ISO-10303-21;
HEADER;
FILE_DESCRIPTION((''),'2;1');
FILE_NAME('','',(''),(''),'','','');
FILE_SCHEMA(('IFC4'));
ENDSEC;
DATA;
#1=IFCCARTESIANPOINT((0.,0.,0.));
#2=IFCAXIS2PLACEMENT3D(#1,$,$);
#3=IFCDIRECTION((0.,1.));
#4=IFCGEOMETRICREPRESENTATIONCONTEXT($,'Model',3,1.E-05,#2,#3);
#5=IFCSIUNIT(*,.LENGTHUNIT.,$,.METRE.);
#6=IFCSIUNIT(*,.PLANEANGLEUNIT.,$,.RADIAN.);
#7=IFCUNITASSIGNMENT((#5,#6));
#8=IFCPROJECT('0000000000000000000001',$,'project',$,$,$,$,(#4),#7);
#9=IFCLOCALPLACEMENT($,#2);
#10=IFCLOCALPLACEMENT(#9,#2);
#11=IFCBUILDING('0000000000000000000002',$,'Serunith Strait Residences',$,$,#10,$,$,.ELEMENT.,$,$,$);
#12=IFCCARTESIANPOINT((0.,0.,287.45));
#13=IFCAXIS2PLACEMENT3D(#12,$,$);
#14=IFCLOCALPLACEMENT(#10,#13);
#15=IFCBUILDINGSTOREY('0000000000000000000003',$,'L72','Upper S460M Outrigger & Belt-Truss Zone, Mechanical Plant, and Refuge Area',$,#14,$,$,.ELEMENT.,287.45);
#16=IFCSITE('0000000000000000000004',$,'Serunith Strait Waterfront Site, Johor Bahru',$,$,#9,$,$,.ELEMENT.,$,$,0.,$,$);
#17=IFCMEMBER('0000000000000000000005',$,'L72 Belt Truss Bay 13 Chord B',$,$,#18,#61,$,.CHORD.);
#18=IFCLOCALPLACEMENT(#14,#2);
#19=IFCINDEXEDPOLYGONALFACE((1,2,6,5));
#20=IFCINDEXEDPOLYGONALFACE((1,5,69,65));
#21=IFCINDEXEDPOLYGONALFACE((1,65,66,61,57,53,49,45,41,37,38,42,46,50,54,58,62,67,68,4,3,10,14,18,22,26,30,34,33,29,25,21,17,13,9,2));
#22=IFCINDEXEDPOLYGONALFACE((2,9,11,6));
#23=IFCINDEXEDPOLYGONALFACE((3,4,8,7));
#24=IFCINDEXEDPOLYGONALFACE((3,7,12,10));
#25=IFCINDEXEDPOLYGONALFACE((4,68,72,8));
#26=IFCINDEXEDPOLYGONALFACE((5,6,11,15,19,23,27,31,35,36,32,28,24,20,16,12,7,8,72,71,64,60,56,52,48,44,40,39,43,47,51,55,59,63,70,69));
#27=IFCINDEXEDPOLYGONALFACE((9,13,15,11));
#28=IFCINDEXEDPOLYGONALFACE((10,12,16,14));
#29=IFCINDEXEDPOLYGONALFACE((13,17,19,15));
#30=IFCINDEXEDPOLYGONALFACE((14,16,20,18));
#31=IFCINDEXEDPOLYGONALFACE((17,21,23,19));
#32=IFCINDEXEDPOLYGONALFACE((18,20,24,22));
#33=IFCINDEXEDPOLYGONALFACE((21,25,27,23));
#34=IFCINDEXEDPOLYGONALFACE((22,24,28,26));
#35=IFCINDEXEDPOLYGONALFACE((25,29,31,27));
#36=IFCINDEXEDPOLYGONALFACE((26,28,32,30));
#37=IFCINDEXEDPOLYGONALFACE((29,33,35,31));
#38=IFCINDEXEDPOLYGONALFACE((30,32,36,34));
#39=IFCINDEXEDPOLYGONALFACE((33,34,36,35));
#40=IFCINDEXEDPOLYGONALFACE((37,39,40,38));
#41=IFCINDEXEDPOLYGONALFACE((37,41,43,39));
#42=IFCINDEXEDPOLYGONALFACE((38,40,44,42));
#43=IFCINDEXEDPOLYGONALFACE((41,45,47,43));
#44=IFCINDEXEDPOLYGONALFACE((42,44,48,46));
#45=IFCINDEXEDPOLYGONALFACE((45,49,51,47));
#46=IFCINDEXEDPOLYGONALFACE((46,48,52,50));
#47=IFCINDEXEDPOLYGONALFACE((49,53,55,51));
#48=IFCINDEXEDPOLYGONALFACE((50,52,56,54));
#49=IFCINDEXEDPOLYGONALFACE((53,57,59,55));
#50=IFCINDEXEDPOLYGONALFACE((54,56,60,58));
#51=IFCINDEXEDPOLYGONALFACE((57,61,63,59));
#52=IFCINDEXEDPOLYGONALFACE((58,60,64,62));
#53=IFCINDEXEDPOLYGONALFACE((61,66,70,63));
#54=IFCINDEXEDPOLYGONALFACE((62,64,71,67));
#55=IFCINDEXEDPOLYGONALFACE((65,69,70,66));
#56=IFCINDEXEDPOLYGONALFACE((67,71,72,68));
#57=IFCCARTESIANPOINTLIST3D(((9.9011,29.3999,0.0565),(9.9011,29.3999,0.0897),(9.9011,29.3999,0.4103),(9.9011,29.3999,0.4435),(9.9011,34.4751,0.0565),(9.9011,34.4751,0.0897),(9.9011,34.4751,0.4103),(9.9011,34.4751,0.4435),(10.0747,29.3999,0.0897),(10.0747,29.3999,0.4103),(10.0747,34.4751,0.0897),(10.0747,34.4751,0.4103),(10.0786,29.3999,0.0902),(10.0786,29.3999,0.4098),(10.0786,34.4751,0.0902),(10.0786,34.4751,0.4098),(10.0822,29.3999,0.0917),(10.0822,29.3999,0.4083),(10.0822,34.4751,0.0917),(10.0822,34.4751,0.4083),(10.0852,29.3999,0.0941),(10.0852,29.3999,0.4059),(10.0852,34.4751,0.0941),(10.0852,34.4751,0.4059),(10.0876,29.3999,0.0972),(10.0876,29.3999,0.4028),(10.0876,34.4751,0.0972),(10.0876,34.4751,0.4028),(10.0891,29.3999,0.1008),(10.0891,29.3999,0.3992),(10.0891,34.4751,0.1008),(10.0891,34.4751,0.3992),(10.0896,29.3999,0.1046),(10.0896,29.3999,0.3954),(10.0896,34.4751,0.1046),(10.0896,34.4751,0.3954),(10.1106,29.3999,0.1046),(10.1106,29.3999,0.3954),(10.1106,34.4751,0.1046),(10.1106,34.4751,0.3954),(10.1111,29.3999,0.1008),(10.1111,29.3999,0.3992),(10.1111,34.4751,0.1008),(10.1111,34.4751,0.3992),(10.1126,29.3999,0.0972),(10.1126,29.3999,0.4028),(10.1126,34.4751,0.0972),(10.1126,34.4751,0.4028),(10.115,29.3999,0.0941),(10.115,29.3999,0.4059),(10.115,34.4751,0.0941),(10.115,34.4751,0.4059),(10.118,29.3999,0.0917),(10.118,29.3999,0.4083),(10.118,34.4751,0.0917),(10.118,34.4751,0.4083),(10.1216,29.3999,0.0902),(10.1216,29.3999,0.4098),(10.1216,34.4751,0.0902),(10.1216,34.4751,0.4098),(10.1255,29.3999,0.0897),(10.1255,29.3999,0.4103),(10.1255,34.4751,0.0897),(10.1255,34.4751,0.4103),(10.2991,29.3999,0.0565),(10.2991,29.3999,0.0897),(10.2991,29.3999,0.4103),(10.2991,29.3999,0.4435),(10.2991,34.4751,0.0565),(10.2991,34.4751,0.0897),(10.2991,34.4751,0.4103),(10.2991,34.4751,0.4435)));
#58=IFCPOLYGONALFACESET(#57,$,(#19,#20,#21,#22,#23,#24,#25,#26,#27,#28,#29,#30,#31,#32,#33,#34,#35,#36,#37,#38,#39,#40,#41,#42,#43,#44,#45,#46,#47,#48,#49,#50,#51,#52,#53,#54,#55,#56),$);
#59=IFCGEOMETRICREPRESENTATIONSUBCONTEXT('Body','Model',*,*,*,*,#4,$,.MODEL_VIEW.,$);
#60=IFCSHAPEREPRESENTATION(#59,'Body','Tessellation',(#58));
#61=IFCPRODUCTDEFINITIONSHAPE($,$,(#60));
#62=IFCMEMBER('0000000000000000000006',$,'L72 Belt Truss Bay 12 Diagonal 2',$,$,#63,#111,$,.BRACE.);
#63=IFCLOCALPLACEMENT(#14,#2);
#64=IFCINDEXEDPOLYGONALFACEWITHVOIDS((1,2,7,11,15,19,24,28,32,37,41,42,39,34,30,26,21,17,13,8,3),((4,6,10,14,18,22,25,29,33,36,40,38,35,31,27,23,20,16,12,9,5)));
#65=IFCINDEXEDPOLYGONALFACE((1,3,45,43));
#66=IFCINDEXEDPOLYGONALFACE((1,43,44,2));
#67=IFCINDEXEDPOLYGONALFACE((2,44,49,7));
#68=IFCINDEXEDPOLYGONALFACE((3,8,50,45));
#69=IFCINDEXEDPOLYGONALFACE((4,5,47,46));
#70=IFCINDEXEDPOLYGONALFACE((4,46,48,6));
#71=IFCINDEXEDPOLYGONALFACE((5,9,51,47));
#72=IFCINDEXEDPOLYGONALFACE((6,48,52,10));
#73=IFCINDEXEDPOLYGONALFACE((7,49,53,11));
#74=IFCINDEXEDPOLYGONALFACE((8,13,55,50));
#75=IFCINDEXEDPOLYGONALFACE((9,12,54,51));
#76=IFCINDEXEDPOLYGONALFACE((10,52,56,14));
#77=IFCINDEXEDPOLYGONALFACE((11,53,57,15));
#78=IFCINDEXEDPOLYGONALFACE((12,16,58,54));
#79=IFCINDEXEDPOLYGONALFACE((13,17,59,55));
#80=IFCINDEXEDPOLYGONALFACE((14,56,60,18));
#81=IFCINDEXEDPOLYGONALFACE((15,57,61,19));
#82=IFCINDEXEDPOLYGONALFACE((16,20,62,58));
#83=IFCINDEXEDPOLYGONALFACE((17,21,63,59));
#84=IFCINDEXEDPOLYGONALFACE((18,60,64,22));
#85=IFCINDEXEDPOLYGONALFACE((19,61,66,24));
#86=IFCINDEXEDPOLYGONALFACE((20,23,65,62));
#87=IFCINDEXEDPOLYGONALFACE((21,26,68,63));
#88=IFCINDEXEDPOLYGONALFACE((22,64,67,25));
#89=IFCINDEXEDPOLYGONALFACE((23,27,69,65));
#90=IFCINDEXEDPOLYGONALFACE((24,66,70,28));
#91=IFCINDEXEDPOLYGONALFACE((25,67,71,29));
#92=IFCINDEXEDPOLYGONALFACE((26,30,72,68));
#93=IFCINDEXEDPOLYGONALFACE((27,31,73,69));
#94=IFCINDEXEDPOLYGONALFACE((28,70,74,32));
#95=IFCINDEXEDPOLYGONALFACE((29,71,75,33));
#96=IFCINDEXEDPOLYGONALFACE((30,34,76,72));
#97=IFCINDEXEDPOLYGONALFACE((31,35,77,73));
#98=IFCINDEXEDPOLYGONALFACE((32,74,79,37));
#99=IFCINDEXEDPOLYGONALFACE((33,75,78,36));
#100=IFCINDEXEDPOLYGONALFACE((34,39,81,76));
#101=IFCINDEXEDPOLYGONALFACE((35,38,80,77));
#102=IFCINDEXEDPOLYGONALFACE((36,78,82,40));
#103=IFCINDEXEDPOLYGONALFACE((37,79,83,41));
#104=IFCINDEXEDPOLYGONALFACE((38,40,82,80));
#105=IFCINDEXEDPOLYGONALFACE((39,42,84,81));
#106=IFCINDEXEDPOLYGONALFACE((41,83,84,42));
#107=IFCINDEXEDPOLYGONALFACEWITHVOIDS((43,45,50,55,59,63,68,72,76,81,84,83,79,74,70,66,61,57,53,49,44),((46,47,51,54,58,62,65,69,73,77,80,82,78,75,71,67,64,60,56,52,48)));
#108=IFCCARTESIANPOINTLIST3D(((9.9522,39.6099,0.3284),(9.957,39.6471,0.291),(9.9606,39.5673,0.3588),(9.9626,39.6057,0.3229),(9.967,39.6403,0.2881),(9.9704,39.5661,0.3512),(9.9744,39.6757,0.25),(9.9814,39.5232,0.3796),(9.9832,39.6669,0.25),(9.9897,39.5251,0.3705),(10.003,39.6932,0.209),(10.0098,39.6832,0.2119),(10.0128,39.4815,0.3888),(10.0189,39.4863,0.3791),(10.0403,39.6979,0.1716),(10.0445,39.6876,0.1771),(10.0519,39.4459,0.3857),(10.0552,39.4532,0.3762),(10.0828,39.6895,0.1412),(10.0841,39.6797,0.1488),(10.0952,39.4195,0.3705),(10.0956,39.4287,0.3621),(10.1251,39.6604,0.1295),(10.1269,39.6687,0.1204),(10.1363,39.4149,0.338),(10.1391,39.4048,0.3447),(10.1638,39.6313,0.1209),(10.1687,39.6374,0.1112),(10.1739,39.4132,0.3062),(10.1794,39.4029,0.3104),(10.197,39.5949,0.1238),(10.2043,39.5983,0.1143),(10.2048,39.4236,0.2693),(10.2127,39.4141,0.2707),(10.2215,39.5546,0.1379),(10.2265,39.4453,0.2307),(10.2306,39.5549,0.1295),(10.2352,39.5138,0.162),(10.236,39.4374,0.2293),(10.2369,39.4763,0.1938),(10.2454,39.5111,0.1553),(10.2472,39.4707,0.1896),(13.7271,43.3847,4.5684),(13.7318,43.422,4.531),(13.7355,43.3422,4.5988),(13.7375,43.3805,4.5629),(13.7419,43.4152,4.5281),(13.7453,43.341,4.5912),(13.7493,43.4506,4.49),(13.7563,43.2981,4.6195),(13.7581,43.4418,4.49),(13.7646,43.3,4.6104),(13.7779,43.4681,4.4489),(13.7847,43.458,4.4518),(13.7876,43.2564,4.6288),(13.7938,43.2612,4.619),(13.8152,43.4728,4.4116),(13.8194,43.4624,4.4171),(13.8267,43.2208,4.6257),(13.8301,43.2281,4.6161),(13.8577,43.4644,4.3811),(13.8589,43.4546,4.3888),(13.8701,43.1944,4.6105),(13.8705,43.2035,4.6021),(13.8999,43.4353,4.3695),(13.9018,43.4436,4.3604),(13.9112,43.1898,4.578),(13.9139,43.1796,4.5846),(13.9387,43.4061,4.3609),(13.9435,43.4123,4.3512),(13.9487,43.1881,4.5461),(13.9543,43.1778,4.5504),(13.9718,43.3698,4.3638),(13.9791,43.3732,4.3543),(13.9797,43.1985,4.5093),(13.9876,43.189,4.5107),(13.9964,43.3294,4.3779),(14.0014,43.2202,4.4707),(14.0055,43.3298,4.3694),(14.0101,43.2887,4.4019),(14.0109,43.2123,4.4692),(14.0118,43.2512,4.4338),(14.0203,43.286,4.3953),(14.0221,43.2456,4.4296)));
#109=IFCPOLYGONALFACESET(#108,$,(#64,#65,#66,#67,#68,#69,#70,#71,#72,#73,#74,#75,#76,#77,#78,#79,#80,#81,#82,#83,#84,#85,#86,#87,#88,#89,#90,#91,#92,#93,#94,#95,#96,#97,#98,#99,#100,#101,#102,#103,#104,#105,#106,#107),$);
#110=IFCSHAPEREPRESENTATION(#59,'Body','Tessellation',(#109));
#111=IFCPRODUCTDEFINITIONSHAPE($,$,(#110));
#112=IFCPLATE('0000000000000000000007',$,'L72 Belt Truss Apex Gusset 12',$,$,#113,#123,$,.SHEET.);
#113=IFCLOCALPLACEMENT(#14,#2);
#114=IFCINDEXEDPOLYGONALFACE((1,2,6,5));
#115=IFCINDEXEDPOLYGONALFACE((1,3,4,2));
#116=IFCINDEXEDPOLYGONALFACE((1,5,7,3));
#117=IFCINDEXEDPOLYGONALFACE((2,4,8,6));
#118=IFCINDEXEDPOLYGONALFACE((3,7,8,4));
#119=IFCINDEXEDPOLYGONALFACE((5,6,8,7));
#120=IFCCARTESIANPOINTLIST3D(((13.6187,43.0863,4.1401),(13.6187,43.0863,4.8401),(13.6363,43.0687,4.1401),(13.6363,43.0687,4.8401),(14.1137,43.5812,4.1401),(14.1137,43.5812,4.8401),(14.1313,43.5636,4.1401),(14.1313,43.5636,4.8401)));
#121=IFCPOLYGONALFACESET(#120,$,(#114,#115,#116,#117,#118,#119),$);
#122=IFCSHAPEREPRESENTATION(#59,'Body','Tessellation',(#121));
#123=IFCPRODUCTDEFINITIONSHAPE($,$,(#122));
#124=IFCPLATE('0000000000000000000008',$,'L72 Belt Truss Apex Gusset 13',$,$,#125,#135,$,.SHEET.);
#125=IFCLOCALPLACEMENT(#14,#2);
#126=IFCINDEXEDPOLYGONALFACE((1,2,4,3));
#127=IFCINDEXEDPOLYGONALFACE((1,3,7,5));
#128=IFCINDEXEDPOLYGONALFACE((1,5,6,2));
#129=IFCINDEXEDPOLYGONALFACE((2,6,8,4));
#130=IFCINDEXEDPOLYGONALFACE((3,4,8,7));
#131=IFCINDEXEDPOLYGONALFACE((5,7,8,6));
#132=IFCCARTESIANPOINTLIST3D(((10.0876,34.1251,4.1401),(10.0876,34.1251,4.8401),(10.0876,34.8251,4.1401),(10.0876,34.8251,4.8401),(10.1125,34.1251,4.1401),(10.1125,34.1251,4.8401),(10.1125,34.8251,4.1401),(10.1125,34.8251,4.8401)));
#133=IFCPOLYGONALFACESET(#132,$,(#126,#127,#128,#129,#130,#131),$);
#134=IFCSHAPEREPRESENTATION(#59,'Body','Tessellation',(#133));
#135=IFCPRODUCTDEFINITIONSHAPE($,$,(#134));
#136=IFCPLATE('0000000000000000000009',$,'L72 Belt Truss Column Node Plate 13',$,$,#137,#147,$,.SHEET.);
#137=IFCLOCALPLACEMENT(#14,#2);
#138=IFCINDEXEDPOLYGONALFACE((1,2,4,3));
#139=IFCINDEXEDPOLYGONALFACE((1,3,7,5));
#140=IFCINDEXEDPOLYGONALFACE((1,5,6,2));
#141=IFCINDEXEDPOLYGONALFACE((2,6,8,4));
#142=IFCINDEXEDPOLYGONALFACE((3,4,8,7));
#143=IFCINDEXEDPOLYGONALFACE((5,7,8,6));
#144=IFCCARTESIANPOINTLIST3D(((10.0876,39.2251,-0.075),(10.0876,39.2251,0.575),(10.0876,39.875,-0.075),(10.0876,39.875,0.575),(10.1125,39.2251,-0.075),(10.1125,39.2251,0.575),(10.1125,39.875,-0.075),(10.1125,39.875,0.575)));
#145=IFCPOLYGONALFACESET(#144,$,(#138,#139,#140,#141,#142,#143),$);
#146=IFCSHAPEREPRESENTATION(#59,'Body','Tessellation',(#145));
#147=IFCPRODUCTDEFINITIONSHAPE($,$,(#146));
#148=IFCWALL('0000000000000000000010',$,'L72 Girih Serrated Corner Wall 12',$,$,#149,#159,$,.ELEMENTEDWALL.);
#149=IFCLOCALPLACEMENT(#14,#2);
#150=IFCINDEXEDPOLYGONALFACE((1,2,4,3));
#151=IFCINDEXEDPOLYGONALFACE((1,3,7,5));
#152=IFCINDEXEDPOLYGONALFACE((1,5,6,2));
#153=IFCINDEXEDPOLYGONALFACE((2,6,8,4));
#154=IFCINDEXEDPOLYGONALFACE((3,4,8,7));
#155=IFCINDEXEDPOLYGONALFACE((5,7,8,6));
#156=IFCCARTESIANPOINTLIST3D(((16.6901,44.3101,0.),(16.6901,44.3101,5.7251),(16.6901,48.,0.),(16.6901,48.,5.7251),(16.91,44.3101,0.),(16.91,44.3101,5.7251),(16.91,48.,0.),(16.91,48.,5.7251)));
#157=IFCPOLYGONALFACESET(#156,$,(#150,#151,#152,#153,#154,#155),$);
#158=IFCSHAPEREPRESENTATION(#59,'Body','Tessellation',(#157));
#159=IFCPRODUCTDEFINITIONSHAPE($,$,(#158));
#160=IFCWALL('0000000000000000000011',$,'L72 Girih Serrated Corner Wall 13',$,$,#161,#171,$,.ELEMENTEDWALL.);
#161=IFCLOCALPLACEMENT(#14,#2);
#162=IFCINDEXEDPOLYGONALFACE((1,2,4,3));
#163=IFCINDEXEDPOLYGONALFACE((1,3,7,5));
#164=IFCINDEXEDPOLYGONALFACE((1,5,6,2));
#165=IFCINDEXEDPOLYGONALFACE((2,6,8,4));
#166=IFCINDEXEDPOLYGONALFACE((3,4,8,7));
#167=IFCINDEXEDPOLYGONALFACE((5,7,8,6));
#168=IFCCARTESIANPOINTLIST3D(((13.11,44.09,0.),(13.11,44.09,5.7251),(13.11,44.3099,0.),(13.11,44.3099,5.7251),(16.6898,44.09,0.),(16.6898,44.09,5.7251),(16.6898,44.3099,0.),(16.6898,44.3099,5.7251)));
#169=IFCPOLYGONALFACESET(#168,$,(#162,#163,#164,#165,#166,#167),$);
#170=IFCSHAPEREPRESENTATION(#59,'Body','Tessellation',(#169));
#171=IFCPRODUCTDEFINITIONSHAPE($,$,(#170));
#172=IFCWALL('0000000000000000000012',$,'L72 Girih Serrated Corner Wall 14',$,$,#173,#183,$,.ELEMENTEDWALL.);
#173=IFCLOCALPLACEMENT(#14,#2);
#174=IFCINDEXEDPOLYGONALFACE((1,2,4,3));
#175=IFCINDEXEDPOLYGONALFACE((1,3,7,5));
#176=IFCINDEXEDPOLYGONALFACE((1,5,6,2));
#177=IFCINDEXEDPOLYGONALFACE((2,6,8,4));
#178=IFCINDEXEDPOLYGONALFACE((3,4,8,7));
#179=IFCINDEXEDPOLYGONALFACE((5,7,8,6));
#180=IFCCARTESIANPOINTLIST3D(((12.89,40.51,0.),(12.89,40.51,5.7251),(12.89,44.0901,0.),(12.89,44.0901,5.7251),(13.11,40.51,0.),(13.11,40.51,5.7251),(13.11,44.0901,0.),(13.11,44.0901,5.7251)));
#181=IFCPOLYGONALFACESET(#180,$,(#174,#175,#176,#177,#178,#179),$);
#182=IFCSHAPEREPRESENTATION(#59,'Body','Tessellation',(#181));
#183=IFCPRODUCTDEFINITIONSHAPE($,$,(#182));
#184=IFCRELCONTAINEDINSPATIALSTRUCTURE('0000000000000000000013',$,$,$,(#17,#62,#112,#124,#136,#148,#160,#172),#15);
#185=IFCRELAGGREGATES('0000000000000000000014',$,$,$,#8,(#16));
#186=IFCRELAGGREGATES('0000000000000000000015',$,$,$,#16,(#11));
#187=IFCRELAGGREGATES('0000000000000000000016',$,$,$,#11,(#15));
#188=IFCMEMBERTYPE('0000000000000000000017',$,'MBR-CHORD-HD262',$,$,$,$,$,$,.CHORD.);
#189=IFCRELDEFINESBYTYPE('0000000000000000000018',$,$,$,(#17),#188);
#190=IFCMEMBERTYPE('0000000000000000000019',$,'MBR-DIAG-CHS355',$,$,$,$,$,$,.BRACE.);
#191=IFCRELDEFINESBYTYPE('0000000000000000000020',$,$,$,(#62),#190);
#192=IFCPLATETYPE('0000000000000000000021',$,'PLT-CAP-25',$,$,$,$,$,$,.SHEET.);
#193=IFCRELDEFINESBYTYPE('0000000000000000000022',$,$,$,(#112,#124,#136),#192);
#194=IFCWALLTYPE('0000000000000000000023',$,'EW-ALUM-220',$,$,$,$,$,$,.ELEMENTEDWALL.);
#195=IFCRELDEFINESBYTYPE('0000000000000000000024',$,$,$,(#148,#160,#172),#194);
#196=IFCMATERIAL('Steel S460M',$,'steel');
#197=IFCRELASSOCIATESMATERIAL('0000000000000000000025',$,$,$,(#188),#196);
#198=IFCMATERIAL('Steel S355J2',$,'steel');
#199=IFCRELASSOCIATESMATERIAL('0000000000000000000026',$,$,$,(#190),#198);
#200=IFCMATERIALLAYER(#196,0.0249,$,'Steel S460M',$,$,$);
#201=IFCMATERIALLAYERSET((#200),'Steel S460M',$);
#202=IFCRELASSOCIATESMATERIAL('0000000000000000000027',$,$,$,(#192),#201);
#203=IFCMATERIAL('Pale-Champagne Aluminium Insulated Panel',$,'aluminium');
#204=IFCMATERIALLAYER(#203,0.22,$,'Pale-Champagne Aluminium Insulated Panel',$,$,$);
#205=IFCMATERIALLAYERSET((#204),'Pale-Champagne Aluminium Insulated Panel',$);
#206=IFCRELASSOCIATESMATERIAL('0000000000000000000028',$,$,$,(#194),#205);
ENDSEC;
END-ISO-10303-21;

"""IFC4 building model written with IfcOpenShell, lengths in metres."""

from ifc_helpers import new_model, si_unit, direction, frame, frame_2d, origin, origin_2d, place, context, subcontext, project, spatial, rectangle, hollow_circle, i_section, extrude, source, transform, mapped, material, layer, layer_set, material_profile, profile_set, type_object, element, save


model = new_model("IFC4")

# Units and contexts
model_context = context("Model", 3, precision=1e-05, world=origin(), true_north=direction((0.0, 1.0)))
body_context = subcontext(model_context, "Body", "Model", "MODEL_VIEW")
ifc_project = project(units=[si_unit("LENGTHUNIT", "METRE"), si_unit("PLANEANGLEUNIT", "RADIAN")], contexts=[model_context])

# Site, building, storey
site_placement = place(None, origin())
site = spatial("IfcSite", under=ifc_project, at=site_placement, Name="Serunith Strait Waterfront Site, Johor Bahru", CompositionType="ELEMENT", RefElevation=0.0)
building_placement = place(site_placement, origin())
building = spatial("IfcBuilding", under=site, at=building_placement, Name="Serunith Strait Residences", CompositionType="ELEMENT")
storey_placement = place(building_placement, frame((0.0, 0.0, 287.45)))
storey = spatial("IfcBuildingStorey", under=building, at=storey_placement, Name="L72", Description="Upper S460M Outrigger & Belt-Truss Zone, Mechanical Plant, and Refuge Area", CompositionType="ELEMENT", Elevation=287.45)

# Shared definitions
ifc_material_1 = material(Name="Steel S355J2", Category="steel")

# Members
ifc_material_2 = material(Name="Steel S460M", Category="steel")
ifc_material_profile_1 = material_profile(ifc_material_2, i_section(OverallWidth=0.3979, OverallDepth=0.387, WebThickness=0.021, FlangeThickness=0.0332, FilletRadius=0.0149, at=origin_2d()), Name="HD 400x262")
ifc_profile_set_1 = profile_set([ifc_material_profile_1], Name="Steel S460M")
member_type_1 = type_object("IfcMemberType", Name="MBR-CHORD-HD262", PredefinedType="CHORD", material=ifc_profile_set_1)
ifc_material_profile_2 = material_profile(ifc_material_1, hollow_circle(Radius=0.1777, WallThickness=0.0125, at=origin_2d()), Name="CHS 355.6x12.5")
ifc_profile_set_2 = profile_set([ifc_material_profile_2], Name="Steel S355J2")
member_type_2 = type_object("IfcMemberType", Name="MBR-DIAG-CHS355", PredefinedType="BRACE", material=ifc_profile_set_2)
shared_shape_1 = source(origin(), body_context, "Body", "SweptSolid", [
    extrude(i_section(OverallWidth=0.3979, OverallDepth=0.387, WebThickness=0.021, FlangeThickness=0.0332, FilletRadius=0.0149, at=origin_2d()), origin(), (0.0, 0.0, 1.0), 5.0752),
])
member_1_placement = place(storey_placement, frame((10.1001, 34.4751, 0.25), z_axis=(0.0, -1.0, 0.0), x_axis=(1.0, 0.0, 0.0)))
element("IfcMember", 1, at=member_1_placement, inside=storey, type_object=member_type_1, Name="L72 Belt Truss Bay 13 Chord B", PredefinedType="CHORD", context=body_context, shape_type="MappedRepresentation", body=[
    mapped(shared_shape_1, transform((0.0, 0.0, 0.0), scale=1.0)),
])
shared_shape_2 = source(origin(), body_context, "Body", "SweptSolid", [
    extrude(hollow_circle(Radius=0.1777, WallThickness=0.0125, at=origin_2d()), origin(), (0.0, 0.0, 1.0), 6.8174),
])
member_2_placement = place(storey_placement, frame((10.1001, 39.55, 0.25), z_axis=(0.553714, 0.553714, 0.621934), x_axis=(-0.707107, 0.707107, 0.0)))
element("IfcMember", 2, at=member_2_placement, inside=storey, type_object=member_type_2, Name="L72 Belt Truss Bay 12 Diagonal 2", PredefinedType="BRACE", context=body_context, shape_type="MappedRepresentation", body=[
    mapped(shared_shape_2, transform((0.0, 0.0, 0.0), scale=1.0)),
])

# Plates
ifc_layer_1 = layer(ifc_material_2, 0.0249, Name="Steel S460M")
ifc_layer_set_1 = layer_set([ifc_layer_1], Name="Steel S460M")
plate_type = type_object("IfcPlateType", Name="PLT-CAP-25", PredefinedType="SHEET", material=ifc_layer_set_1)
shared_shape_3 = source(origin(), body_context, "Body", "SweptSolid", [
    extrude(rectangle(XDim=0.7, YDim=0.0249, at=origin_2d()), origin(), (0.0, 0.0, 1.0), 0.7),
])
for number, where, z_axis, x_axis, name in (
    (3, (13.875, 43.325, 4.1401), (0.0, 0.0, 1.0), (-0.707107, -0.707107, 0.0), "L72 Belt Truss Apex Gusset 12"),
    (4, (10.1001, 34.4751, 4.1401), (0.0, 0.0, 1.0), (0.0, -1.0, 0.0), "L72 Belt Truss Apex Gusset 13"),
):
    element("IfcPlate", number, at=place(storey_placement, frame(where, z_axis=z_axis, x_axis=x_axis)), inside=storey, type_object=plate_type, Name=name, PredefinedType="SHEET", context=body_context, shape_type="MappedRepresentation", body=[
        mapped(shared_shape_3, transform((0.0, 0.0, 0.0), scale=1.0)),
    ])
shared_shape_4 = source(origin(), body_context, "Body", "SweptSolid", [
    extrude(rectangle(XDim=0.6499, YDim=0.0249, at=origin_2d()), origin(), (0.0, 0.0, 1.0), 0.6499),
])
plate_placement = place(storey_placement, frame((10.1001, 39.55, -0.075), z_axis=(0.0, 0.0, 1.0), x_axis=(0.0, -1.0, 0.0)))
element("IfcPlate", 5, at=plate_placement, inside=storey, type_object=plate_type, Name="L72 Belt Truss Column Node Plate 13", PredefinedType="SHEET", context=body_context, shape_type="MappedRepresentation", body=[
    mapped(shared_shape_4, transform((0.0, 0.0, 0.0), scale=1.0)),
])

# Walls
ifc_material_3 = material(Name="Pale-Champagne Aluminium Insulated Panel", Category="aluminium")
ifc_layer_2 = layer(ifc_material_3, 0.22, Name="Pale-Champagne Aluminium Insulated Panel")
ifc_layer_set_2 = layer_set([ifc_layer_2], Name="Pale-Champagne Aluminium Insulated Panel")
wall_type_1 = type_object("IfcWallType", Name="EW-ALUM-220", PredefinedType="ELEMENTEDWALL", material=ifc_layer_set_2)
wall_1_placement = place(storey_placement, frame((16.8, 48.0, 0.0), z_axis=(0.0, 0.0, 1.0), x_axis=(0.0, -1.0, 0.0)))
element("IfcWall", 6, at=wall_1_placement, inside=storey, type_object=wall_type_1, Name="L72 Girih Serrated Corner Wall 12", PredefinedType="ELEMENTEDWALL", context=body_context, shape_type="SweptSolid", body=[
    extrude(rectangle(XDim=3.6899, YDim=0.22, at=frame_2d((1.845, 0.0))), origin(), (0.0, 0.0, 1.0), 5.7251),
])
wall_2_placement = place(storey_placement, frame((16.6899, 44.2, 0.0), z_axis=(0.0, 0.0, 1.0), x_axis=(-1.0, 0.0, 0.0)))
element("IfcWall", 7, at=wall_2_placement, inside=storey, type_object=wall_type_1, Name="L72 Girih Serrated Corner Wall 13", PredefinedType="ELEMENTEDWALL", context=body_context, shape_type="SweptSolid", body=[
    extrude(rectangle(XDim=3.5798, YDim=0.22, at=frame_2d((1.79, 0.0))), origin(), (0.0, 0.0, 1.0), 5.7251),
])
wall_3_placement = place(storey_placement, frame((13.0, 44.0901, 0.0), z_axis=(0.0, 0.0, 1.0), x_axis=(0.0, -1.0, 0.0)))
element("IfcWall", 8, at=wall_3_placement, inside=storey, type_object=wall_type_1, Name="L72 Girih Serrated Corner Wall 14", PredefinedType="ELEMENTEDWALL", context=body_context, shape_type="SweptSolid", body=[
    extrude(rectangle(XDim=3.5801, YDim=0.22, at=frame_2d((1.79, 0.0))), origin(), (0.0, 0.0, 1.0), 5.7251),
])

save(model, "model.ifc")
